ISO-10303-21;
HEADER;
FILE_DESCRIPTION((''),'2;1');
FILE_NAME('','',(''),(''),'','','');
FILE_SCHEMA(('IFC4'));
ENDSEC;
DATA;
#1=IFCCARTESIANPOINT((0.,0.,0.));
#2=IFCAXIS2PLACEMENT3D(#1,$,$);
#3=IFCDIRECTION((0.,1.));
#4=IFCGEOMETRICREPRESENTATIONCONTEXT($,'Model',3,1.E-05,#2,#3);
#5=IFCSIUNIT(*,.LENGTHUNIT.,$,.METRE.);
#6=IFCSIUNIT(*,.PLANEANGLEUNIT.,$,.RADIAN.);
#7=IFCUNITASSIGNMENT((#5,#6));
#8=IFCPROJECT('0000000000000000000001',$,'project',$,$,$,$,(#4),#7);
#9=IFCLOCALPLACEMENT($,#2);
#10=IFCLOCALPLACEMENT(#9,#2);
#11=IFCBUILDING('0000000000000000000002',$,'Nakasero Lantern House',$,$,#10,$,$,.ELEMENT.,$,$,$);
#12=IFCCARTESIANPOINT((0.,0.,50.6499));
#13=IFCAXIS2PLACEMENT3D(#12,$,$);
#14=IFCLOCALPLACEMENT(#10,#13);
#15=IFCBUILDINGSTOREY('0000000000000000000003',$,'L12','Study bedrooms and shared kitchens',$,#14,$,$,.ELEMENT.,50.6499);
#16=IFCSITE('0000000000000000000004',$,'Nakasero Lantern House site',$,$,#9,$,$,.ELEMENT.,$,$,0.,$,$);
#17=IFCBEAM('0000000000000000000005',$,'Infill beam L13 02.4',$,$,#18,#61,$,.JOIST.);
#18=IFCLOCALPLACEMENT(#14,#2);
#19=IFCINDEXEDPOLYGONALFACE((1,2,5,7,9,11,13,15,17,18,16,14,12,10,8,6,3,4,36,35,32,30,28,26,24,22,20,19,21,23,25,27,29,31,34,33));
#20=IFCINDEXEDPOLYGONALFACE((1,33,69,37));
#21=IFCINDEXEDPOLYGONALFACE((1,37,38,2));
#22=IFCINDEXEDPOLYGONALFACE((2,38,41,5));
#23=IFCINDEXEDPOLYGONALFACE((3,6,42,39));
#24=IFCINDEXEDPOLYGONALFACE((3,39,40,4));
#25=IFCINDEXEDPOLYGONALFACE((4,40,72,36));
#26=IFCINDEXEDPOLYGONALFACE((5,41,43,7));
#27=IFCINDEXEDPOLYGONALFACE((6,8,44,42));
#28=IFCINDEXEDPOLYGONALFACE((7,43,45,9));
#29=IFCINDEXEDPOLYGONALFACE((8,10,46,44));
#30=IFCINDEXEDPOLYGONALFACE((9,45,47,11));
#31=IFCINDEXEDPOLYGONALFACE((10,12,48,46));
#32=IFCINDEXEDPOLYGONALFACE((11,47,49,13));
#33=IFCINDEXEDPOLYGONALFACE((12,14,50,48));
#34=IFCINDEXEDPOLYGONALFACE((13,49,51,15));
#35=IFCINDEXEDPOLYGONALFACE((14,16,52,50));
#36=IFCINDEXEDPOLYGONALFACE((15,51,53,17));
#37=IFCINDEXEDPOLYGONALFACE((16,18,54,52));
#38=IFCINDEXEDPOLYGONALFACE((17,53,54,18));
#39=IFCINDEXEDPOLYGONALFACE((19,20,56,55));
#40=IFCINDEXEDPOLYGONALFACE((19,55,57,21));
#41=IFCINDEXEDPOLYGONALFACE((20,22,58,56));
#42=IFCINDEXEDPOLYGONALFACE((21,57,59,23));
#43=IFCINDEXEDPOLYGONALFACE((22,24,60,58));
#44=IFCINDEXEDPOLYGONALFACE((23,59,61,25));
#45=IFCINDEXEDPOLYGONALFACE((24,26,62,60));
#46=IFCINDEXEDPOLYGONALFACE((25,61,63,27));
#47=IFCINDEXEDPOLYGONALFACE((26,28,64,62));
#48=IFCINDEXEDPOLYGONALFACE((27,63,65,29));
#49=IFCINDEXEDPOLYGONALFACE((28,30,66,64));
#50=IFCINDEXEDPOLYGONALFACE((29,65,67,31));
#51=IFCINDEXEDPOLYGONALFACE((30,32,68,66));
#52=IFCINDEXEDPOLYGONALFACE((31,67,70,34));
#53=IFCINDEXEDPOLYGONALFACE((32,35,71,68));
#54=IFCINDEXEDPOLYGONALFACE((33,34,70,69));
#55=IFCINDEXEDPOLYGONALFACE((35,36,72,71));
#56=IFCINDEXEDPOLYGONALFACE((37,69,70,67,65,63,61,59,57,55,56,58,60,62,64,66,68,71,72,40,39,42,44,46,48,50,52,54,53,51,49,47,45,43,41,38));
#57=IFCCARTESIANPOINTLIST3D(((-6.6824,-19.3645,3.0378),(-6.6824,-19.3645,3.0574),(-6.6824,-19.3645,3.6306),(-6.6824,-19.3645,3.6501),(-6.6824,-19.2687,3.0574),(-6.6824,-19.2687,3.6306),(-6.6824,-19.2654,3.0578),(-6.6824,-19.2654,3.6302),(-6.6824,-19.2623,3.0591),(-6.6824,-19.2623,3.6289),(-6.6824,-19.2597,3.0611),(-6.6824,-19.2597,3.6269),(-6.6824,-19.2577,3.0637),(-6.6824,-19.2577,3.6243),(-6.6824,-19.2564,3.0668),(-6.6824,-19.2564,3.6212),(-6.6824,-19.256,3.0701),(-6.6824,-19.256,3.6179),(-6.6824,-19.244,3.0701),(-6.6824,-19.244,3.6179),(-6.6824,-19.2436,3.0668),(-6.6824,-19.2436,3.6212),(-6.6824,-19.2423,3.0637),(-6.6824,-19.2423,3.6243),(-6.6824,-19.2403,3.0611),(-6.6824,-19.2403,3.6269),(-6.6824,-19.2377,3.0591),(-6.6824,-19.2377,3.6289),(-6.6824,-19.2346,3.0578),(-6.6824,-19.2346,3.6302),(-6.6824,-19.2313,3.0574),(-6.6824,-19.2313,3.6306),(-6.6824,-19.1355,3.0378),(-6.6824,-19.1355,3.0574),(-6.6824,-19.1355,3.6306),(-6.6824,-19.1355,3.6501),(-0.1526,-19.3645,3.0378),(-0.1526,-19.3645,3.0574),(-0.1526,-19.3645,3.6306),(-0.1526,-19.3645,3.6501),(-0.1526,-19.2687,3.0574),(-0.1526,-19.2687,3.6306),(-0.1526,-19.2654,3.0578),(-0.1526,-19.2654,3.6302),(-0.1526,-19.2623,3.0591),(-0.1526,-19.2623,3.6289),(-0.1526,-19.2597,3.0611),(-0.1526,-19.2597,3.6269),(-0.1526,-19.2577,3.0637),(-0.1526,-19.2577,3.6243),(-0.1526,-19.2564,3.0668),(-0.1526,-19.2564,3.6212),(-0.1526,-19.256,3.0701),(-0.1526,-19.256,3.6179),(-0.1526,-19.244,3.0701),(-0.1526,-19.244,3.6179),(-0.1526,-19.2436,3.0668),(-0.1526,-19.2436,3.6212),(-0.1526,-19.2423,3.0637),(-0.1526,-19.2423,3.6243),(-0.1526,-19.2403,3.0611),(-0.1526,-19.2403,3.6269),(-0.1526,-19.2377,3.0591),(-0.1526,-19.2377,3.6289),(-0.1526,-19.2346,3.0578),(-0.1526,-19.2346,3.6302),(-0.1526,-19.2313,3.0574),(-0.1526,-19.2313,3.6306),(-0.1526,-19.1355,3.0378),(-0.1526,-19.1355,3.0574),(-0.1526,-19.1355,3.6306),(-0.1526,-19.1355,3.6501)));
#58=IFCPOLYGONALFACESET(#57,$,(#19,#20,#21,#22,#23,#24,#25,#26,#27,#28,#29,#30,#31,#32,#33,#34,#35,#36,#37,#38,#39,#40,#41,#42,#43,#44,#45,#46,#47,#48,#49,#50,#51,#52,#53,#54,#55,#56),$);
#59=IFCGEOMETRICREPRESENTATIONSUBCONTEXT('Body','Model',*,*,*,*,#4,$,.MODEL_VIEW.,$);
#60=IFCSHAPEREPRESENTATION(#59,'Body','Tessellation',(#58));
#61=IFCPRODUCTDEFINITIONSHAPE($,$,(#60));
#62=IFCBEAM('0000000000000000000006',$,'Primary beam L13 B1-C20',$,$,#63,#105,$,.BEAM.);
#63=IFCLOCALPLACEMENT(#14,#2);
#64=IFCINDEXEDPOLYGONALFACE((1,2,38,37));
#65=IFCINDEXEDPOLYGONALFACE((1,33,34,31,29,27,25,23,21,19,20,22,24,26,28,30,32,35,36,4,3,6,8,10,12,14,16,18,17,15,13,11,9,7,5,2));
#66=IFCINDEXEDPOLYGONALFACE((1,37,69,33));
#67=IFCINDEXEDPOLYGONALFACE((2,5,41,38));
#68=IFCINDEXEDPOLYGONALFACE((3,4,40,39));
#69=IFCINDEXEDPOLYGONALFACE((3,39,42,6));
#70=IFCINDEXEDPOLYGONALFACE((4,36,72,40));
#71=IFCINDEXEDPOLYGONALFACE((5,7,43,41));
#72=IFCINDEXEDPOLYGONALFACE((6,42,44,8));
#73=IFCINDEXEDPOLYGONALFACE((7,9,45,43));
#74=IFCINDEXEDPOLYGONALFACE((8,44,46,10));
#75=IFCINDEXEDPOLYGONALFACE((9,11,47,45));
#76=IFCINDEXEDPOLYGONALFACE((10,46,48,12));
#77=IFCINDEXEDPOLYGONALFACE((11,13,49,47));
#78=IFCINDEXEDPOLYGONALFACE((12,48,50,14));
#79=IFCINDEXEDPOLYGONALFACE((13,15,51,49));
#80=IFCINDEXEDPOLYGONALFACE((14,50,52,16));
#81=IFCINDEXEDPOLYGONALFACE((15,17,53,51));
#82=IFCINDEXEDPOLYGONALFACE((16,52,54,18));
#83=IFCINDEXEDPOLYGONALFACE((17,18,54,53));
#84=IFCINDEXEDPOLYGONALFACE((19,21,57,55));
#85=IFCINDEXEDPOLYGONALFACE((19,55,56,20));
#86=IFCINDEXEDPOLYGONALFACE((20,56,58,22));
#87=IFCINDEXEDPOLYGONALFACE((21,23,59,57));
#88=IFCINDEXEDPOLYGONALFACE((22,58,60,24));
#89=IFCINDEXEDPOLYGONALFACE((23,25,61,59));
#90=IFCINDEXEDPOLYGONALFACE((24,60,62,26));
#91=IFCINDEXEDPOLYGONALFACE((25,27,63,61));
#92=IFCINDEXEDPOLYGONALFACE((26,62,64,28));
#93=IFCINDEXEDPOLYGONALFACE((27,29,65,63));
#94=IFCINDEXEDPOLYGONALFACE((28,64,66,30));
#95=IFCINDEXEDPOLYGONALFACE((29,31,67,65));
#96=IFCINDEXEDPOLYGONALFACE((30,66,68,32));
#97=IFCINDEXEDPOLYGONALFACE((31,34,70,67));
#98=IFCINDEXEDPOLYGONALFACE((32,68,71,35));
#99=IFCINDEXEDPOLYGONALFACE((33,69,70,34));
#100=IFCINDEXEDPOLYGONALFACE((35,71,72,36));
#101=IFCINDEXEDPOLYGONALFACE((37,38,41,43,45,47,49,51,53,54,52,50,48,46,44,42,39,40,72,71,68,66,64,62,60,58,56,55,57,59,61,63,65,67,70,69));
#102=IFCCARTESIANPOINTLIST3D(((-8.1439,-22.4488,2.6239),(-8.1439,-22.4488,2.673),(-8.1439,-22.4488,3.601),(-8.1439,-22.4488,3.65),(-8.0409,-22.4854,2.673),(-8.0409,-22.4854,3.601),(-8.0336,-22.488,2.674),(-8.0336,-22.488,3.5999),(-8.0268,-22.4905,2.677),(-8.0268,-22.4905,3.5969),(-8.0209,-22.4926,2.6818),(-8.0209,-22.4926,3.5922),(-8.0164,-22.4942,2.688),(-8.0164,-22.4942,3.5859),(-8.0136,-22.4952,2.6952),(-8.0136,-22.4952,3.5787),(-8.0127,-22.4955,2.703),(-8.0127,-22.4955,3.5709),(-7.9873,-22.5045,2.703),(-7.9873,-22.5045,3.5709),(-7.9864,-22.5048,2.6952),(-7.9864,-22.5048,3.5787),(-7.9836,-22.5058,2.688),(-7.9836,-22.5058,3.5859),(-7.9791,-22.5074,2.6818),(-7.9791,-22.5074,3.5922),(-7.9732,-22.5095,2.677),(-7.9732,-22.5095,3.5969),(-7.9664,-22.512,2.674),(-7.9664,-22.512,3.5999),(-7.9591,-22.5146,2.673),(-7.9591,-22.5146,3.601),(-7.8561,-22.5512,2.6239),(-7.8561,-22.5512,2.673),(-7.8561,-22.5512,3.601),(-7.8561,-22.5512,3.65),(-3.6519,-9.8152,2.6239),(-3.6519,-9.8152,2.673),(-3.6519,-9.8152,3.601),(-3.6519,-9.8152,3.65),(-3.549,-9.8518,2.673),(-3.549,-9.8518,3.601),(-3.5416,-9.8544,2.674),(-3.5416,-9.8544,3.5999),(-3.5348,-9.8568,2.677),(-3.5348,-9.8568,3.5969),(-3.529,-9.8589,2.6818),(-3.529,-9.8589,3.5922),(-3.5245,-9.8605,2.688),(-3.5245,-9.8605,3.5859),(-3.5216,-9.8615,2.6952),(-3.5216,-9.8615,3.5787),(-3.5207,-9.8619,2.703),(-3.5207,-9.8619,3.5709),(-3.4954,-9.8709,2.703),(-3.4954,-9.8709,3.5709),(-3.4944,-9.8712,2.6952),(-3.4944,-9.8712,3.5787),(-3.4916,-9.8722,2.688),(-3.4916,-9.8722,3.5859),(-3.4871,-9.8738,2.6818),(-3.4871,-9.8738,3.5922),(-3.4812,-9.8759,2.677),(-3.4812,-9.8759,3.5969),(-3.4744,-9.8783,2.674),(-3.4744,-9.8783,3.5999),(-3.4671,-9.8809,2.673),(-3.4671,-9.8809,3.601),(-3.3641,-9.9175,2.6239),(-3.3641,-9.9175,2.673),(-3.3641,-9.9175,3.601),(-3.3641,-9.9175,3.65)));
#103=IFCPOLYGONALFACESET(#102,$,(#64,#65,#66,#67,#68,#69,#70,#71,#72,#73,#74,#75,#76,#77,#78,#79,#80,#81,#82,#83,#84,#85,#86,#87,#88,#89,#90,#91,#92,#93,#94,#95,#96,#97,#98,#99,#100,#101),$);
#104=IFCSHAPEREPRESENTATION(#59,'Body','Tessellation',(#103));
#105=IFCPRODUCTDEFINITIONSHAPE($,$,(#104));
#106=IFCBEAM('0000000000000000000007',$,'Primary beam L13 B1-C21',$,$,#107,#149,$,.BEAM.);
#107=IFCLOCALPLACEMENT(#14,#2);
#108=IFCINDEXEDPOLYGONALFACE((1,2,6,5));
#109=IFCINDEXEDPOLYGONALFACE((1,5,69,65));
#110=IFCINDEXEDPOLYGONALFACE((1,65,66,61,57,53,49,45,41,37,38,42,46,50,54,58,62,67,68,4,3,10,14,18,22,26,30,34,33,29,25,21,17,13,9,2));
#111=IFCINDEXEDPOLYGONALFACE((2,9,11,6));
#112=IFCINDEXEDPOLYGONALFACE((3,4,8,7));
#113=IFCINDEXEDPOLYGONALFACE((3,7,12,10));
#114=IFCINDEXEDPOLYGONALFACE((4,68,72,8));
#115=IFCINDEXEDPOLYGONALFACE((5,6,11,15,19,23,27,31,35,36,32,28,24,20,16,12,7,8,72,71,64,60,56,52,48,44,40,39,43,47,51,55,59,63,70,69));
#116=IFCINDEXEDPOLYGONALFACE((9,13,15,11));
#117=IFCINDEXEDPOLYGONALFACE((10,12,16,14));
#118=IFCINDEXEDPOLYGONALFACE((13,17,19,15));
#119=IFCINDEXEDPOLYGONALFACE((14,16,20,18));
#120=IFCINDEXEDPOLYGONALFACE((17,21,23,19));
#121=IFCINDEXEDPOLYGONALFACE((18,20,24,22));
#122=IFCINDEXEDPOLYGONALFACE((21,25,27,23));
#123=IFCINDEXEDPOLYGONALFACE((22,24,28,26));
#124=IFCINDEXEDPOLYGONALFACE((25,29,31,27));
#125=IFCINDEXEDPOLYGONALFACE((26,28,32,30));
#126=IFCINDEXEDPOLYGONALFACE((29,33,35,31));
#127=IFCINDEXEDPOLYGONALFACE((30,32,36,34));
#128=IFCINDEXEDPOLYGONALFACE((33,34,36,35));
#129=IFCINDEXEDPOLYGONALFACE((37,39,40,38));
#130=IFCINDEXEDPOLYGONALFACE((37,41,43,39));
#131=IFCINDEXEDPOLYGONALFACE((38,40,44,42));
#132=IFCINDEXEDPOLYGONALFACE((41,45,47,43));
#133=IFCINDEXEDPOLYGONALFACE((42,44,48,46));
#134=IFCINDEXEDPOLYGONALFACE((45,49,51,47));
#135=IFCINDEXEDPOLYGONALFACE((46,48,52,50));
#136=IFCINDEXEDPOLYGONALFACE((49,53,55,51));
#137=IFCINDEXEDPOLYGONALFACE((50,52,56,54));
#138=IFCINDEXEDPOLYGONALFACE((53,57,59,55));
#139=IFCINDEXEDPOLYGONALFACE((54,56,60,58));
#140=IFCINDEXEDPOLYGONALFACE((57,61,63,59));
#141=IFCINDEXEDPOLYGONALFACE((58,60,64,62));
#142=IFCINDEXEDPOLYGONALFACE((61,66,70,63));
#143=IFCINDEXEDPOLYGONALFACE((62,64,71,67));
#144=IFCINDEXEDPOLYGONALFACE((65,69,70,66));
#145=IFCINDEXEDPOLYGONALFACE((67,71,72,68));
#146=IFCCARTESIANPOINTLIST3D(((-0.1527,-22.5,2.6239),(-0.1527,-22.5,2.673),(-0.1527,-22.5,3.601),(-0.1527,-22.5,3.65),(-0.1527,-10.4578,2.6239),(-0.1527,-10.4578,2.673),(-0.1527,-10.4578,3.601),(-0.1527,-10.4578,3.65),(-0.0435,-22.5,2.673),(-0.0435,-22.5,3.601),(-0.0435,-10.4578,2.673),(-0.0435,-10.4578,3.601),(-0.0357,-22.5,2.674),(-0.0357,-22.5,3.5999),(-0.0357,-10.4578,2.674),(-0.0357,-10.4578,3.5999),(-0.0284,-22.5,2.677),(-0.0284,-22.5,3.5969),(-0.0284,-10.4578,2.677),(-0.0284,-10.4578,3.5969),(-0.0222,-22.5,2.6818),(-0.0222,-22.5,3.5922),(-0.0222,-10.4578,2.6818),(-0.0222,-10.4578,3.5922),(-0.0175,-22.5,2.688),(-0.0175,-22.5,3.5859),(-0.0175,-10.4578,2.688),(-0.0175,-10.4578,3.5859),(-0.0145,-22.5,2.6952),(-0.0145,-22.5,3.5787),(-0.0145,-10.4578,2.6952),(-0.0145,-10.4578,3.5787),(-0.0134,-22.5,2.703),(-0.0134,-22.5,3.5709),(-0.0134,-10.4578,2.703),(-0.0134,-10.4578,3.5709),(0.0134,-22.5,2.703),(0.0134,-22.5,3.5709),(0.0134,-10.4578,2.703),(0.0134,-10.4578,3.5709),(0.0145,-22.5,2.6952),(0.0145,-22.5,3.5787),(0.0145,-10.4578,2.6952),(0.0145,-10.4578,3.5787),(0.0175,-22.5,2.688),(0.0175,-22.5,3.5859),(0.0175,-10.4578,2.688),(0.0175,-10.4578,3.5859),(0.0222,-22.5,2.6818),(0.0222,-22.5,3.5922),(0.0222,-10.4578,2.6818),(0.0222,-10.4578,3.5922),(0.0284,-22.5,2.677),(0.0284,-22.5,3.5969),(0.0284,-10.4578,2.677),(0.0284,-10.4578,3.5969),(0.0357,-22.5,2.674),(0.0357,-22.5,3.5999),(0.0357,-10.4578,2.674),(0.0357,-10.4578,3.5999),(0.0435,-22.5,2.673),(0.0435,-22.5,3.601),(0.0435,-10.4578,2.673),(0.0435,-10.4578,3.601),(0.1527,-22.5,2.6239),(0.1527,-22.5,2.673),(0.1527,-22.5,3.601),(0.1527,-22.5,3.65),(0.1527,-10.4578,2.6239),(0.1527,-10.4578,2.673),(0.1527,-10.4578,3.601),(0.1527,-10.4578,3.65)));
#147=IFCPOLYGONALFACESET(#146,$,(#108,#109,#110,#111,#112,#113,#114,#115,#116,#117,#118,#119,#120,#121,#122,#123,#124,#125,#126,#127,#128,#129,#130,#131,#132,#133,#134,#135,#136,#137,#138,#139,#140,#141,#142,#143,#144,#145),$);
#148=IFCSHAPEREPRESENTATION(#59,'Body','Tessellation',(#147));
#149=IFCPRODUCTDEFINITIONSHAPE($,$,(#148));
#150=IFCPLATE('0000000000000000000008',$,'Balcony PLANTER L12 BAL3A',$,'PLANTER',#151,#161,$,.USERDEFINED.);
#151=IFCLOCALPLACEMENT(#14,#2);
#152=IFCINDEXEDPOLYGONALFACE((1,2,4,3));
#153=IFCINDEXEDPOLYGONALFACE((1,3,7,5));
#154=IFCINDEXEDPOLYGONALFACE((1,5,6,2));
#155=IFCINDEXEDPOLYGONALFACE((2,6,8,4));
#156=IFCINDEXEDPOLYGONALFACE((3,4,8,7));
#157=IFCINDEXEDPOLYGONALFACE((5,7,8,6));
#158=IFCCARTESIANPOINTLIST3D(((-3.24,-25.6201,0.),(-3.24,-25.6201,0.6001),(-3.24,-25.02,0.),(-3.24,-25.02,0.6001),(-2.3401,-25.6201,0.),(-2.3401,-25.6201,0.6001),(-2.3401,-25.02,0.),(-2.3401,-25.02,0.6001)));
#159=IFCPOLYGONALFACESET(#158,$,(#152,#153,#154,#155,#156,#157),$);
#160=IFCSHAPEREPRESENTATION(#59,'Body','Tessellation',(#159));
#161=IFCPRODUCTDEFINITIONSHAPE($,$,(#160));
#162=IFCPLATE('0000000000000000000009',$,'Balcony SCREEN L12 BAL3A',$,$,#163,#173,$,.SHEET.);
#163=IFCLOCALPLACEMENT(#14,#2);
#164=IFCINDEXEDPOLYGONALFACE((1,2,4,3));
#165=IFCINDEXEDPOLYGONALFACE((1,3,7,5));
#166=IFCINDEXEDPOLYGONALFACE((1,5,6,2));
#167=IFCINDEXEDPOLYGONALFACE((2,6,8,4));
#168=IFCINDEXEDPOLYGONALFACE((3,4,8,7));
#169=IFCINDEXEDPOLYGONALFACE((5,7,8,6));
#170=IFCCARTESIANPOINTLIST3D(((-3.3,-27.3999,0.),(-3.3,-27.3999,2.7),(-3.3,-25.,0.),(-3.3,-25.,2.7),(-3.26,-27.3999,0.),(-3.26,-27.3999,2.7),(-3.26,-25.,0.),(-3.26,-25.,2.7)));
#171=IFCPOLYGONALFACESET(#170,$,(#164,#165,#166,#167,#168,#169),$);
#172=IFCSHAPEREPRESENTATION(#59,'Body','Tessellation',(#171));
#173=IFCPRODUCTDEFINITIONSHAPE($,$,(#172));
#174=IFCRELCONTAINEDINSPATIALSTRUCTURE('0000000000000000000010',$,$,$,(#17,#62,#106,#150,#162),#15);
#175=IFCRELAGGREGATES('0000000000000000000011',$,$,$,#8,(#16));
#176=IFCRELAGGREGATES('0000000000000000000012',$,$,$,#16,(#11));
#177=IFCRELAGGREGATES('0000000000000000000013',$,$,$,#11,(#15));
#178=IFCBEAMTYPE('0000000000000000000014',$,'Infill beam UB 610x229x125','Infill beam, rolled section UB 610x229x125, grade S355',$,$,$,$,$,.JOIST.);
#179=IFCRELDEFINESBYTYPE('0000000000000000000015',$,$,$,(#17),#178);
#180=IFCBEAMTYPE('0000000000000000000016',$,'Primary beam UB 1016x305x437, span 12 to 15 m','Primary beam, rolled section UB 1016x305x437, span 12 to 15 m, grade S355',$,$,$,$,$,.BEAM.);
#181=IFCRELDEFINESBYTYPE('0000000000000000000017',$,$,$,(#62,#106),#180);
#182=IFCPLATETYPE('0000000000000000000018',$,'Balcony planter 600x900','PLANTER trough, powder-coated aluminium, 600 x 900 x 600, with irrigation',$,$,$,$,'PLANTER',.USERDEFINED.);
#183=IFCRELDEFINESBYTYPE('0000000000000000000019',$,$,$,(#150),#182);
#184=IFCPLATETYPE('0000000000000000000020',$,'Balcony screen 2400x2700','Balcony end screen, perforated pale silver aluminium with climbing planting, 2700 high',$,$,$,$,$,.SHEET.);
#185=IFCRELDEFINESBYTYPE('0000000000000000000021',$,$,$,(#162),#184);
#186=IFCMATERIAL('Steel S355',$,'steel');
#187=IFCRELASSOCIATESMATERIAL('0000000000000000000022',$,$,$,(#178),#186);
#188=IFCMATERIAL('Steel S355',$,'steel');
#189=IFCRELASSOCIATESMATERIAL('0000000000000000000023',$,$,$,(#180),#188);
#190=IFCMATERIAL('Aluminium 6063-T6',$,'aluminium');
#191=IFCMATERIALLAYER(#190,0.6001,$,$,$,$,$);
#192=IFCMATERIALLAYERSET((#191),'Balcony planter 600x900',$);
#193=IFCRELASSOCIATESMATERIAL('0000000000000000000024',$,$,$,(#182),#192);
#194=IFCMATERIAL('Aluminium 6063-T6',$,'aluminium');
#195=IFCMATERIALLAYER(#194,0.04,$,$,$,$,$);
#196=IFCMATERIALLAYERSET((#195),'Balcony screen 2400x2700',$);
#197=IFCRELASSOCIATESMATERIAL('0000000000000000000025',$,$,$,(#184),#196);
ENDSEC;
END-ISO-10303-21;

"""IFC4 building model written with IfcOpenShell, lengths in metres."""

from ifc_helpers import new_model, si_unit, direction, frame, origin, origin_2d, place, context, subcontext, project, spatial, rectangle, i_section, extrude, material, layer, layer_set, material_profile, profile_set, type_object, element, save


model = new_model("IFC4")

# Units and contexts
model_context = context("Model", 3, precision=1e-05, world=origin(), true_north=direction((0.0, 1.0)))
body_context = subcontext(model_context, "Body", "Model", "MODEL_VIEW")
ifc_project = project(units=[si_unit("LENGTHUNIT", "METRE"), si_unit("PLANEANGLEUNIT", "RADIAN")], contexts=[model_context])

# Site, building, storey
site_placement = place(None, origin())
site = spatial("IfcSite", under=ifc_project, at=site_placement, Name="Nakasero Lantern House site", CompositionType="ELEMENT", RefElevation=0.0)
building_placement = place(site_placement, origin())
building = spatial("IfcBuilding", under=site, at=building_placement, Name="Nakasero Lantern House", CompositionType="ELEMENT")
storey_placement = place(building_placement, frame((0.0, 0.0, 50.6499)))
storey = spatial("IfcBuildingStorey", under=building, at=storey_placement, Name="L12", Description="Study bedrooms and shared kitchens", CompositionType="ELEMENT", Elevation=50.6499)

# Beams
ifc_material_1 = material(Name="Steel S355", Category="steel")
ifc_material_profile_1 = material_profile(ifc_material_1, i_section(OverallWidth=0.229, OverallDepth=0.6123, WebThickness=0.012, FlangeThickness=0.0195, FilletRadius=0.0127, at=origin_2d()), Name="UB 610x229x125")
ifc_profile_set_1 = profile_set([ifc_material_profile_1], Name="Steel S355")
beam_type_1 = type_object("IfcBeamType", Name="Infill beam UB 610x229x125", Description="Infill beam, rolled section UB 610x229x125, grade S355", PredefinedType="JOIST", material=ifc_profile_set_1)
beam_1_placement = place(storey_placement, frame((-6.6824, -19.25, 3.344), z_axis=(1.0, 0.0, 0.0), x_axis=(0.0, 1.0, 0.0)))
element("IfcBeam", 1, at=beam_1_placement, inside=storey, type_object=beam_type_1, Name="Infill beam L13 02.4", PredefinedType="JOIST", context=body_context, shape_type="SweptSolid", body=[
    extrude(i_section(OverallWidth=0.229, OverallDepth=0.6123, WebThickness=0.012, FlangeThickness=0.0195, FilletRadius=0.0127, at=origin_2d()), origin(), (0.0, 0.0, 1.0), 6.5298),
])
ifc_material_2 = material(Name="Steel S355", Category="steel")
ifc_material_profile_2 = material_profile(ifc_material_2, i_section(OverallWidth=0.3054, OverallDepth=1.0261, WebThickness=0.0269, FlangeThickness=0.0491, FilletRadius=0.03, at=origin_2d()), Name="UB 1016x305x437")
ifc_profile_set_2 = profile_set([ifc_material_profile_2], Name="Steel S355")
beam_type_2 = type_object("IfcBeamType", Name="Primary beam UB 1016x305x437, span 12 to 15 m", Description="Primary beam, rolled section UB 1016x305x437, span 12 to 15 m, grade S355", PredefinedType="BEAM", material=ifc_profile_set_2)
beam_2_placement = place(storey_placement, frame((-8.0, -22.5, 3.137), z_axis=(0.335011, 0.942214, 0.0), x_axis=(-0.942214, 0.335011, 0.0)))
element("IfcBeam", 2, at=beam_2_placement, inside=storey, type_object=beam_type_2, Name="Primary beam L13 B1-C20", PredefinedType="BEAM", context=body_context, shape_type="SweptSolid", body=[
    extrude(i_section(OverallWidth=0.3054, OverallDepth=1.0261, WebThickness=0.0269, FlangeThickness=0.0491, FilletRadius=0.03, at=origin_2d()), origin(), (0.0, 0.0, 1.0), 13.4084),
])
beam_3_placement = place(storey_placement, frame((0.0, -22.5, 3.137), z_axis=(0.0, 1.0, 0.0), x_axis=(-1.0, 0.0, 0.0)))
element("IfcBeam", 3, at=beam_3_placement, inside=storey, type_object=beam_type_2, Name="Primary beam L13 B1-C21", PredefinedType="BEAM", context=body_context, shape_type="SweptSolid", body=[
    extrude(i_section(OverallWidth=0.3054, OverallDepth=1.0261, WebThickness=0.0269, FlangeThickness=0.0491, FilletRadius=0.03, at=origin_2d()), origin(), (0.0, 0.0, 1.0), 12.0422),
])

# Plates
ifc_material_3 = material(Name="Aluminium 6063-T6", Category="aluminium")
ifc_layer_1 = layer(ifc_material_3, 0.6001)
ifc_layer_set_1 = layer_set([ifc_layer_1], Name="Balcony planter 600x900")
plate_type_1 = type_object("IfcPlateType", Name="Balcony planter 600x900", Description="PLANTER trough, powder-coated aluminium, 600 x 900 x 600, with irrigation", ElementType="PLANTER", PredefinedType="USERDEFINED", material=ifc_layer_set_1)
plate_1_placement = place(storey_placement, frame((-2.79, -25.3201, 0.0), z_axis=(0.0, 0.0, 1.0), x_axis=(0.0, -1.0, 0.0)))
element("IfcPlate", 4, at=plate_1_placement, inside=storey, type_object=plate_type_1, Name="Balcony PLANTER L12 BAL3A", ObjectType="PLANTER", PredefinedType="USERDEFINED", context=body_context, shape_type="SweptSolid", body=[
    extrude(rectangle(XDim=0.6001, YDim=0.8999, at=origin_2d()), origin(), (0.0, 0.0, 1.0), 0.6001),
])
ifc_material_4 = material(Name="Aluminium 6063-T6", Category="aluminium")
ifc_layer_2 = layer(ifc_material_4, 0.04)
ifc_layer_set_2 = layer_set([ifc_layer_2], Name="Balcony screen 2400x2700")
plate_type_2 = type_object("IfcPlateType", Name="Balcony screen 2400x2700", Description="Balcony end screen, perforated pale silver aluminium with climbing planting, 2700 high", PredefinedType="SHEET", material=ifc_layer_set_2)
plate_2_placement = place(storey_placement, frame((-3.28, -26.2, 0.0), z_axis=(0.0, 0.0, 1.0), x_axis=(0.0, -1.0, 0.0)))
element("IfcPlate", 5, at=plate_2_placement, inside=storey, type_object=plate_type_2, Name="Balcony SCREEN L12 BAL3A", PredefinedType="SHEET", context=body_context, shape_type="SweptSolid", body=[
    extrude(rectangle(XDim=2.3999, YDim=0.04, at=origin_2d()), origin(), (0.0, 0.0, 1.0), 2.7),
])

save(model, "model.ifc")
